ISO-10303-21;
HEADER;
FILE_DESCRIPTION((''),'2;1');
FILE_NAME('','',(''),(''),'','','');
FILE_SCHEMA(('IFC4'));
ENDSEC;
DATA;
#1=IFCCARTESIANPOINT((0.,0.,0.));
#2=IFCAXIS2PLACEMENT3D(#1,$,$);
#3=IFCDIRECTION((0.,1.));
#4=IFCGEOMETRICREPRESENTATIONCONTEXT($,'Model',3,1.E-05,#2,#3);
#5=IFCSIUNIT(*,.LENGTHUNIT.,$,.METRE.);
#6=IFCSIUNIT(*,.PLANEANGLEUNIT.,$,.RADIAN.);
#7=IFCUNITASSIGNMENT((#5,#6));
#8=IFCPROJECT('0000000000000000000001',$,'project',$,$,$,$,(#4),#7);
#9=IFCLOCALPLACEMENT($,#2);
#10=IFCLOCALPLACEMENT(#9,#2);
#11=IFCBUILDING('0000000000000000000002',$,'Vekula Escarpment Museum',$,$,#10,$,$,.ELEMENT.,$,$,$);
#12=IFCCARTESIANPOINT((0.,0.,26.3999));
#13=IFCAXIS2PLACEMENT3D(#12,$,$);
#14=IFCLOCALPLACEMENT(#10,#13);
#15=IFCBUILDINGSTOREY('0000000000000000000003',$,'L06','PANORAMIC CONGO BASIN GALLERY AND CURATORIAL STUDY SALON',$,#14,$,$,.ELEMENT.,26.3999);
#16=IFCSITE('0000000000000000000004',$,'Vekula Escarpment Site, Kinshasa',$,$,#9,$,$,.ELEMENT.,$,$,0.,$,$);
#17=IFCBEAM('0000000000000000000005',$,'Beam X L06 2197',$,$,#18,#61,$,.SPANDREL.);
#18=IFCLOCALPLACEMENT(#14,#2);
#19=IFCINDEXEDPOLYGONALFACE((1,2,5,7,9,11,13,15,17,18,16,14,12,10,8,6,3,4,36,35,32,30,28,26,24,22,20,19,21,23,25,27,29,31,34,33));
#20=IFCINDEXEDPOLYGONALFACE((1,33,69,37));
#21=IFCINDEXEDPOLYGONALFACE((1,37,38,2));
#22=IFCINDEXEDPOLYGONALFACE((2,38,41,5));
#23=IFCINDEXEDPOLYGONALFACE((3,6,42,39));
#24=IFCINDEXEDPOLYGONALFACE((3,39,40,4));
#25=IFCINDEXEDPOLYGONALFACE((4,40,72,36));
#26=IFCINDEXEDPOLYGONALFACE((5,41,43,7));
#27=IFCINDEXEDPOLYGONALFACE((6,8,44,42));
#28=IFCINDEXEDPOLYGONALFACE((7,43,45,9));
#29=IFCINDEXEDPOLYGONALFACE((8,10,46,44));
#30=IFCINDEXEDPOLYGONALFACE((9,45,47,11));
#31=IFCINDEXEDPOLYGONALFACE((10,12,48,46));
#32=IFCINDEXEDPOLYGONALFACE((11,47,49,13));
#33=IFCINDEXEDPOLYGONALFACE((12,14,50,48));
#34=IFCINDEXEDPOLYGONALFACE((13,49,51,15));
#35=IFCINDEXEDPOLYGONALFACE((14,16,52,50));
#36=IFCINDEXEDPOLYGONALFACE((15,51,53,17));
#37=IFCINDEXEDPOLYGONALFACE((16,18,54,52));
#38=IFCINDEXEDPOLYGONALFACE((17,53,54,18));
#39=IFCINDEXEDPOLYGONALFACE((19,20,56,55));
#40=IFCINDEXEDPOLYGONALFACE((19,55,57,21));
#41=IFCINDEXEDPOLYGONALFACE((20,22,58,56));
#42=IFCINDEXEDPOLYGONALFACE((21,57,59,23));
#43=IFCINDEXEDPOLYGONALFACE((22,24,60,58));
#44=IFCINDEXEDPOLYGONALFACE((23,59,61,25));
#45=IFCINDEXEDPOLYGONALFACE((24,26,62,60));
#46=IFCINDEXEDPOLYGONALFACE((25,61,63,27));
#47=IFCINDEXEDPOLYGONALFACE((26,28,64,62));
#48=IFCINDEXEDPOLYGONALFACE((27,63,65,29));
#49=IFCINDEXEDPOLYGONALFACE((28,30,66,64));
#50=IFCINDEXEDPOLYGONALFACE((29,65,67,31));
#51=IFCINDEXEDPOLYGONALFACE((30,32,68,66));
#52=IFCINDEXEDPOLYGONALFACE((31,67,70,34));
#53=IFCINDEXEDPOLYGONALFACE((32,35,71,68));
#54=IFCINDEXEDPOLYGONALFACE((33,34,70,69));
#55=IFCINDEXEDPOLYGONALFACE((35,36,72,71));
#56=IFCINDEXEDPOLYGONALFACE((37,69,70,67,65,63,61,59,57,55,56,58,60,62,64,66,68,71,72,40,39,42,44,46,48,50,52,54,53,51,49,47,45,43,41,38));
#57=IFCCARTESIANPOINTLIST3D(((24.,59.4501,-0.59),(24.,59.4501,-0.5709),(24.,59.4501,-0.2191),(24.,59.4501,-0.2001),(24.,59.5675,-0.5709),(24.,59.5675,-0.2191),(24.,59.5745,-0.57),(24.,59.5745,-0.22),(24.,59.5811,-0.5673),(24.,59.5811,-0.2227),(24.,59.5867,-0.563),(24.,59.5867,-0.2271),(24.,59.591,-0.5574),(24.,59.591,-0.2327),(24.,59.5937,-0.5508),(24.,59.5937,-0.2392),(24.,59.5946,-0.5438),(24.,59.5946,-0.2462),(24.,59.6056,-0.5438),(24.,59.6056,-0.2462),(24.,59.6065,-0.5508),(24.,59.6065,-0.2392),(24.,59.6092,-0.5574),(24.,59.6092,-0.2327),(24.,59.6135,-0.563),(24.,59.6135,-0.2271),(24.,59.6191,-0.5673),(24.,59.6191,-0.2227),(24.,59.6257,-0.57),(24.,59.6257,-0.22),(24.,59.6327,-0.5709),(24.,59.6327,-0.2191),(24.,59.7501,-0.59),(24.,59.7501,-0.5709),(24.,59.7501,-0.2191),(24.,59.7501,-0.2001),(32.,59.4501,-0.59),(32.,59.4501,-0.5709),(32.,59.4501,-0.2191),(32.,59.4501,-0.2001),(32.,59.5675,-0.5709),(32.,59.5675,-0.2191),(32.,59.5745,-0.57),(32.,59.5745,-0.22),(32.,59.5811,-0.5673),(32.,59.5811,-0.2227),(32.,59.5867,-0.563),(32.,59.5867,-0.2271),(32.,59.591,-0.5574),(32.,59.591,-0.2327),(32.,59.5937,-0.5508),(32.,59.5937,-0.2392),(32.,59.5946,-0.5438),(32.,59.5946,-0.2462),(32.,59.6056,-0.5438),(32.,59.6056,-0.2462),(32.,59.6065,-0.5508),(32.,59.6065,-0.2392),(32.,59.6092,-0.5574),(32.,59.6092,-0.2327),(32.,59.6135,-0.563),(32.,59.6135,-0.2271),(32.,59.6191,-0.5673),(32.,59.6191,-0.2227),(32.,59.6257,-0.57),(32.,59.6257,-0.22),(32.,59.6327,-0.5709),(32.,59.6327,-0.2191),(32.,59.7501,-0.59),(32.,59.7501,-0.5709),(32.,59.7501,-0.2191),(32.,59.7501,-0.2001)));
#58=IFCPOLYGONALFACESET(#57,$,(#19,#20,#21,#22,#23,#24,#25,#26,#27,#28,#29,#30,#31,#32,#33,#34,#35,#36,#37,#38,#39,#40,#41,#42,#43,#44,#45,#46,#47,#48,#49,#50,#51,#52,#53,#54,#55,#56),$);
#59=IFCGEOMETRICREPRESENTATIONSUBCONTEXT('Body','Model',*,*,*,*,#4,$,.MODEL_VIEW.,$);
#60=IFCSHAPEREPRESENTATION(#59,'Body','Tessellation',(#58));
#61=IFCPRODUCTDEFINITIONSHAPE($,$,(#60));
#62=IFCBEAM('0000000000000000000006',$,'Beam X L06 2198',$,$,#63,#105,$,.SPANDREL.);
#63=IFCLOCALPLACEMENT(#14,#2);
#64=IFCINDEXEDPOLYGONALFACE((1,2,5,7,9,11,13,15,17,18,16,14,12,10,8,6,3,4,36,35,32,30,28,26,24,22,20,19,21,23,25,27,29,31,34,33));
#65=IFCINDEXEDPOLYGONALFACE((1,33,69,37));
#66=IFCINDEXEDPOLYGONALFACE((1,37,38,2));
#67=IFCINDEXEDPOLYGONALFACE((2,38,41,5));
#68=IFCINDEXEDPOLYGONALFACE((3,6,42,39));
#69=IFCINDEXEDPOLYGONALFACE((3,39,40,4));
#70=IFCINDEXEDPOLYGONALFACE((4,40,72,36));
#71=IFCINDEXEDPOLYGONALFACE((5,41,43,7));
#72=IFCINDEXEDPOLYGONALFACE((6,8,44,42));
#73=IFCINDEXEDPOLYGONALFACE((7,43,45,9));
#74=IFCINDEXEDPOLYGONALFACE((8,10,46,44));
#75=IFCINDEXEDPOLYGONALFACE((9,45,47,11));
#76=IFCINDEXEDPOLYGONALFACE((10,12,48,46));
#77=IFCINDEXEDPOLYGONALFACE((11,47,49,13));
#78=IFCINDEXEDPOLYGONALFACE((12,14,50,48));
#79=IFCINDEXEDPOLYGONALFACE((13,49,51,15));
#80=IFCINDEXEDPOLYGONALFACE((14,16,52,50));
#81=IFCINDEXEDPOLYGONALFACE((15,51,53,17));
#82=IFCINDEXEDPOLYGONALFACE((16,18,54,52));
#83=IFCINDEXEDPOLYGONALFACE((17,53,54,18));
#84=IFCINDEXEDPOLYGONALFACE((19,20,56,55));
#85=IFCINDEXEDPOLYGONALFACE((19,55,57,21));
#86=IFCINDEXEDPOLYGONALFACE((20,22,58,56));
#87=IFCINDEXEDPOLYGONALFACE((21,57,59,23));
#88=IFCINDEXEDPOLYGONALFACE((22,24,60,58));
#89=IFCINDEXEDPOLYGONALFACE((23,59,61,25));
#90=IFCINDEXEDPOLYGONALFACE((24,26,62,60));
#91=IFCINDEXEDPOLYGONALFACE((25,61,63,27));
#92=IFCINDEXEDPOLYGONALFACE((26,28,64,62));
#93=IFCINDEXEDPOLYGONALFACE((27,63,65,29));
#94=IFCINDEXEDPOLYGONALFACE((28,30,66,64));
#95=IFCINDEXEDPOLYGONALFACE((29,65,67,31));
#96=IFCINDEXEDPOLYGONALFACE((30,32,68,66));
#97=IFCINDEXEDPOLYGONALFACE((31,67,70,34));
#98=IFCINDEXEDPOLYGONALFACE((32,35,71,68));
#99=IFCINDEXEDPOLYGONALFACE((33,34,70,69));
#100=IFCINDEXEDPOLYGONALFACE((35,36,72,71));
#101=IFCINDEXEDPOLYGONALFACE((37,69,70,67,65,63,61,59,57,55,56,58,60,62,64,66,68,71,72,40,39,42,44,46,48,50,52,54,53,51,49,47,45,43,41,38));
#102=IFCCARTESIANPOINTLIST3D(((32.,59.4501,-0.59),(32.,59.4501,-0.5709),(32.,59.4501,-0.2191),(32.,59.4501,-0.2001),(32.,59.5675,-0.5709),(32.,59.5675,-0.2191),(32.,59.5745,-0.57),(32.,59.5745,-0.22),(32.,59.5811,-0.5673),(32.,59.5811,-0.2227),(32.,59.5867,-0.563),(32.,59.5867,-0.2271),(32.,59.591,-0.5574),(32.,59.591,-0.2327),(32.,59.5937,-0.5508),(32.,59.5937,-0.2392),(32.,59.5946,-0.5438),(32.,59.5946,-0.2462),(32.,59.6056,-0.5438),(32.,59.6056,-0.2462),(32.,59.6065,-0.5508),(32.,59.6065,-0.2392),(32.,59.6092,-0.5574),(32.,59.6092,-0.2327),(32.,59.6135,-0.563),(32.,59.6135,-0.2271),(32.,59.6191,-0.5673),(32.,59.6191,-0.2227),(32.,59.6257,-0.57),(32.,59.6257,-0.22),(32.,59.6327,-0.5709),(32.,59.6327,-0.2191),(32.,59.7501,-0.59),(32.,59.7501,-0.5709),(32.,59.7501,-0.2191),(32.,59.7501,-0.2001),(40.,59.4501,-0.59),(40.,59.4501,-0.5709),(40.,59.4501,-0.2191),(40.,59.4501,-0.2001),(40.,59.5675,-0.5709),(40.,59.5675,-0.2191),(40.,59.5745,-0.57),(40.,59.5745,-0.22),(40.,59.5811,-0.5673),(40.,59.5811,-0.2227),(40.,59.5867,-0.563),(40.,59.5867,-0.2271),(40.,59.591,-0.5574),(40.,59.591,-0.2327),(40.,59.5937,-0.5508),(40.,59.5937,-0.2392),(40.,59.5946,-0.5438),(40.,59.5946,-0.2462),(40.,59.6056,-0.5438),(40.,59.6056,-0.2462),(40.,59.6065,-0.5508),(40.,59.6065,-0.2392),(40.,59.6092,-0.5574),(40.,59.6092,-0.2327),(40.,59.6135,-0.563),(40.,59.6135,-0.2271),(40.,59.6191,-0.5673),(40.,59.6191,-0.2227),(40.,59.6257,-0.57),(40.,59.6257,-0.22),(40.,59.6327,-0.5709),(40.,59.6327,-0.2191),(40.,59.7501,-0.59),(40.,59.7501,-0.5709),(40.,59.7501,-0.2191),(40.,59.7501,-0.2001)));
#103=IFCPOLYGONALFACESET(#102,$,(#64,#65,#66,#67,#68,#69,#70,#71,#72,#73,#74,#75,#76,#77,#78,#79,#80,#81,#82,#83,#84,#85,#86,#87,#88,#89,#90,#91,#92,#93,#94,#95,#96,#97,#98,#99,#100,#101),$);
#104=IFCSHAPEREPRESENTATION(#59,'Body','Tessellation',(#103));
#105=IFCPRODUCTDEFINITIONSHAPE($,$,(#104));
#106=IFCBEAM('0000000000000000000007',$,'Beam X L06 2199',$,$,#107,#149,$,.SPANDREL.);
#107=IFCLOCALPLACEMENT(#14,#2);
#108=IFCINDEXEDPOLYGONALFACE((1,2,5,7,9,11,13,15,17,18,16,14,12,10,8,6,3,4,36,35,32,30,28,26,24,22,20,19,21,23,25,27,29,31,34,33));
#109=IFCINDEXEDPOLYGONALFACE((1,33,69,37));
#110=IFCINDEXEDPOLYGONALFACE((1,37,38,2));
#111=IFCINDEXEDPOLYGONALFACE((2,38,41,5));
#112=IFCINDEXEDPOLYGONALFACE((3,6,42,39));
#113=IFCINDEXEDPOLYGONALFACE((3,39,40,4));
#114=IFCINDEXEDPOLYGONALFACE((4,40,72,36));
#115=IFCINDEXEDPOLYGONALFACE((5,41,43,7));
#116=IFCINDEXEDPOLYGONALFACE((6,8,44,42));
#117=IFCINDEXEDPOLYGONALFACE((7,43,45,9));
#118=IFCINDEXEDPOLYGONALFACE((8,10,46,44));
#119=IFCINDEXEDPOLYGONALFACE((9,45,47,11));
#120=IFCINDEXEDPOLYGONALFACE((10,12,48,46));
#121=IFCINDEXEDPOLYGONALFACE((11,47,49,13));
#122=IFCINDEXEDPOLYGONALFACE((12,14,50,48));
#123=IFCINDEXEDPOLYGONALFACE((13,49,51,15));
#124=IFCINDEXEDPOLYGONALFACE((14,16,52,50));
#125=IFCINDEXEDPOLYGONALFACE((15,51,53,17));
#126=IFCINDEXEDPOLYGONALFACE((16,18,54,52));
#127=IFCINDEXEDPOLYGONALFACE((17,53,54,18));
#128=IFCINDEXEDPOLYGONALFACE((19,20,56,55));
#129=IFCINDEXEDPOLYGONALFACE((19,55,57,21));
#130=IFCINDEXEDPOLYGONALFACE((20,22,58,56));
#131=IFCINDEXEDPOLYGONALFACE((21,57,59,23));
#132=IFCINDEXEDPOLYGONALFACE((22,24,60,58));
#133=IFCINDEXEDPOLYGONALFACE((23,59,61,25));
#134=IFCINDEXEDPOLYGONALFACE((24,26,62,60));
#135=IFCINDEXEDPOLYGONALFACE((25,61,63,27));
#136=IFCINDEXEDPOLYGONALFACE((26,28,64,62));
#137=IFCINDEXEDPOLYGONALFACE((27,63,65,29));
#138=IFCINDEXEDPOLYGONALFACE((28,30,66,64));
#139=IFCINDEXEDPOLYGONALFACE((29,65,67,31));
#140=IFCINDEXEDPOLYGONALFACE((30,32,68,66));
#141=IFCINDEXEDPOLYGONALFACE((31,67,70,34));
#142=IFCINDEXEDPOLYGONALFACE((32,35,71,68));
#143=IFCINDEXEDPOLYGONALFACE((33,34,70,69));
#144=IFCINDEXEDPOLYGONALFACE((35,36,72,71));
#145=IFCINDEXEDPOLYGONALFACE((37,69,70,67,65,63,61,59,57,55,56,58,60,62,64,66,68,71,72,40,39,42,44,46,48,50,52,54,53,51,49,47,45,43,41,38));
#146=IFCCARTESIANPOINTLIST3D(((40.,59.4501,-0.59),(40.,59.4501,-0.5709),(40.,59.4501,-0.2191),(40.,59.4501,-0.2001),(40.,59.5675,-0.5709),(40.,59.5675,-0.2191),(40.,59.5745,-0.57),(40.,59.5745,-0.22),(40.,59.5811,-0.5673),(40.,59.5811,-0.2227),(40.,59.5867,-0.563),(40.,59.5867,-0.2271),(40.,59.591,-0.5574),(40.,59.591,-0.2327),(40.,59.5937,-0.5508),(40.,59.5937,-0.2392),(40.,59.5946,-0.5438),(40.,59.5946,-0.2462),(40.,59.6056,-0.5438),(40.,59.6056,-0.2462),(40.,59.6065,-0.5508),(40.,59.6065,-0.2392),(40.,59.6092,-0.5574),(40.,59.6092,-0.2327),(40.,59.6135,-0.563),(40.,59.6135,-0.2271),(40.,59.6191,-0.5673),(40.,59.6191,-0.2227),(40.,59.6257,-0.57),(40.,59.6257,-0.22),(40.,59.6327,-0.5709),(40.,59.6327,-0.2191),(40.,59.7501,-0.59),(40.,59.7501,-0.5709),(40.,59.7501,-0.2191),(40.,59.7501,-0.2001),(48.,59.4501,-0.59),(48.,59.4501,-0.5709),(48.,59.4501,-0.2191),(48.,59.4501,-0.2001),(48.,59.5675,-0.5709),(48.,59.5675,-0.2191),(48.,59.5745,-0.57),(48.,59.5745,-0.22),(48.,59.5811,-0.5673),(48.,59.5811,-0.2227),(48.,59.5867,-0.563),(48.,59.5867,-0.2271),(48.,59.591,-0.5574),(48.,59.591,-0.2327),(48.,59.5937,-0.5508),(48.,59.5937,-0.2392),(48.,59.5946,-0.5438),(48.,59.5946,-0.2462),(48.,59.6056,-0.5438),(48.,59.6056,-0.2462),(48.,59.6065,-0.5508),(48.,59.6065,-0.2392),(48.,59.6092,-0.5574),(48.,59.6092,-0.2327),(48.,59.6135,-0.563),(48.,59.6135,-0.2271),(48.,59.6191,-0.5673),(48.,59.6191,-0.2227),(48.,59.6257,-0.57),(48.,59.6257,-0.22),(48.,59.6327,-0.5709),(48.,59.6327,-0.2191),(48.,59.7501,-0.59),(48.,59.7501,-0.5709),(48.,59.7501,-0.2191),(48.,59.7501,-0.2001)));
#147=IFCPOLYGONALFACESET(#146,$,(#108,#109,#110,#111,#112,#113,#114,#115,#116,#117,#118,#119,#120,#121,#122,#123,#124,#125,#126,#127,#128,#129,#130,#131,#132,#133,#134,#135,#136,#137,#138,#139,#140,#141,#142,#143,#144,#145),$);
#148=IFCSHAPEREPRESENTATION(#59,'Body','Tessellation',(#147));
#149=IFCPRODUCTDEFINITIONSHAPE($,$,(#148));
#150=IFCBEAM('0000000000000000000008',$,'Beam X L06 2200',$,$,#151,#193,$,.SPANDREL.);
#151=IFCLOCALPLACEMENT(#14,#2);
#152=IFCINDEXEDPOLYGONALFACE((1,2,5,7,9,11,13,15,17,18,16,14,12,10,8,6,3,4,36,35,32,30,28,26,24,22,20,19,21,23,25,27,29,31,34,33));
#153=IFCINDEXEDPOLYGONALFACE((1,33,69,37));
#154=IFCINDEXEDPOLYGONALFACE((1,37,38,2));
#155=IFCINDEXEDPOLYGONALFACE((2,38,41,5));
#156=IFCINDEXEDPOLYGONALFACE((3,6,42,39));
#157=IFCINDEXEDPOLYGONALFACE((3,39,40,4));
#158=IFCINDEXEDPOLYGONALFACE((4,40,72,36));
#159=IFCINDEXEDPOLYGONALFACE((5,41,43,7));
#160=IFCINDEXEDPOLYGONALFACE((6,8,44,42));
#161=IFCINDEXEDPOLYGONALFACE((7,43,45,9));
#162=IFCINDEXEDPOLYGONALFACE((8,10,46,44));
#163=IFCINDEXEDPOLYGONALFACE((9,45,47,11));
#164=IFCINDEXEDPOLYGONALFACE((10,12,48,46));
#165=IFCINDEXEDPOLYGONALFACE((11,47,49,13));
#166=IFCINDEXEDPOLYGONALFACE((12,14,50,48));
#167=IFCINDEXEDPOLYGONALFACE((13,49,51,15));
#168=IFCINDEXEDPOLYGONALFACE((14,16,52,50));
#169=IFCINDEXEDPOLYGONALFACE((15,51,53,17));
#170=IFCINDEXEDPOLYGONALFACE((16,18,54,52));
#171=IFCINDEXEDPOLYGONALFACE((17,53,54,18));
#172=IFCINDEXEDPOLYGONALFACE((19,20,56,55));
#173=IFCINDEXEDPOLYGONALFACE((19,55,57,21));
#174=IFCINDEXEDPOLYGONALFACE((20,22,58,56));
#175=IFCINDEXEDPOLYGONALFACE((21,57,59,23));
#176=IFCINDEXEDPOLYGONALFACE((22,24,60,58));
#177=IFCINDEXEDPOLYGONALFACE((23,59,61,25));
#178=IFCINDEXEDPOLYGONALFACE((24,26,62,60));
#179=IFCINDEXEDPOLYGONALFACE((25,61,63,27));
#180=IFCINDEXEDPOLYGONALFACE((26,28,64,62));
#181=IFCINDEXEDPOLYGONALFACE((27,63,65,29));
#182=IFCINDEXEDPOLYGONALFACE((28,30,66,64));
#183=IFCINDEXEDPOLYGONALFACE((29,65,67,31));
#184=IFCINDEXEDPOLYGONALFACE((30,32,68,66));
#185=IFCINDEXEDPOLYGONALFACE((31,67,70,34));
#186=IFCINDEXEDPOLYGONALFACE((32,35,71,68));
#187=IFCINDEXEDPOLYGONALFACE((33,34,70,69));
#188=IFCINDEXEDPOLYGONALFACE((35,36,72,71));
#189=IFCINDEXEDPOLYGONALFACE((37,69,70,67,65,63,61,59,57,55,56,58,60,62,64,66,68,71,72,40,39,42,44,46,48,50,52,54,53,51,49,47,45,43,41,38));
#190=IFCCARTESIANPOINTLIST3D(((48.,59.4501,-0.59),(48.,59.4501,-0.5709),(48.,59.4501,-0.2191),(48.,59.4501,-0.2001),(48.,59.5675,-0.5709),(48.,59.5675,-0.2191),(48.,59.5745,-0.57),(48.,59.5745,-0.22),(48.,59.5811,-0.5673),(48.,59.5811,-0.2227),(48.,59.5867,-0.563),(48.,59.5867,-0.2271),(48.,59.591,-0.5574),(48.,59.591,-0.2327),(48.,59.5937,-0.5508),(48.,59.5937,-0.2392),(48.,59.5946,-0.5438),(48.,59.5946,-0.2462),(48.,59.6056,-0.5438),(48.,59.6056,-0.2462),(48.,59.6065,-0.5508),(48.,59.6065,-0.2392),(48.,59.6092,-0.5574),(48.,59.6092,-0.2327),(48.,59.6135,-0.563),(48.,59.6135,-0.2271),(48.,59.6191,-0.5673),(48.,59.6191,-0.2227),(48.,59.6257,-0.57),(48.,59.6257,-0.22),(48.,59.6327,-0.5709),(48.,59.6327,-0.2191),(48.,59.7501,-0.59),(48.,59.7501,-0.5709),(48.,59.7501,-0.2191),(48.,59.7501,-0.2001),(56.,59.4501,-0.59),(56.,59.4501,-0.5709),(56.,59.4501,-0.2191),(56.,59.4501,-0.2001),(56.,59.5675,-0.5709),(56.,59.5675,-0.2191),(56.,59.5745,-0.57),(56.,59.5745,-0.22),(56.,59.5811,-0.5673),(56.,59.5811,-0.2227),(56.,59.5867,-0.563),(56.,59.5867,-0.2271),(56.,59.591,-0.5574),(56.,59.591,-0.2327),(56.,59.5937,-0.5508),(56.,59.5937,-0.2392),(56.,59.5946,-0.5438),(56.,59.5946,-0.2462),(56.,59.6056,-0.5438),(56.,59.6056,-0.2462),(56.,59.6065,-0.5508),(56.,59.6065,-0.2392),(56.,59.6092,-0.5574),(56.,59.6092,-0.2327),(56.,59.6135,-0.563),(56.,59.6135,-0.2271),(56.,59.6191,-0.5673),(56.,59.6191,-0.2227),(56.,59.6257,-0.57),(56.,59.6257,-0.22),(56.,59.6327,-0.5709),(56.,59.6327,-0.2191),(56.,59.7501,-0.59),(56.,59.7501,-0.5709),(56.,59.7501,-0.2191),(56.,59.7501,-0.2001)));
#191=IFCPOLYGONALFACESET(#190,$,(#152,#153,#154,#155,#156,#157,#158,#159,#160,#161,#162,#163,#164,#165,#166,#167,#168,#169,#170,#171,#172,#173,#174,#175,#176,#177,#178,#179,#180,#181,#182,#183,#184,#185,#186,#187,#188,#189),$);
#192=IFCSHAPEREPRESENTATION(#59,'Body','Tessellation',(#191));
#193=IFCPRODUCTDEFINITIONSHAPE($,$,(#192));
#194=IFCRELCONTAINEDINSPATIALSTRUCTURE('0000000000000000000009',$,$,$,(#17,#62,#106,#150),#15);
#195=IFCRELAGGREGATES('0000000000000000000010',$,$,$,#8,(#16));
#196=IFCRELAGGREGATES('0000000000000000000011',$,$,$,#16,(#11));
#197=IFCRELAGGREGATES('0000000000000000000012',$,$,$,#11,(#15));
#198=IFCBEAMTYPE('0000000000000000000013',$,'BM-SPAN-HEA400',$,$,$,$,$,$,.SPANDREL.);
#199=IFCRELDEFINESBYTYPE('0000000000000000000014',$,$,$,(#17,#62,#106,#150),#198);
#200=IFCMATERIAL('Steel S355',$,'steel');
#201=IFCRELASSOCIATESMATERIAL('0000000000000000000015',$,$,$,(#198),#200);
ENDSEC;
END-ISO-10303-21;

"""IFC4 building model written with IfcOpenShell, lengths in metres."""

from ifc_helpers import new_model, si_unit, direction, frame, origin, origin_2d, place, context, subcontext, project, spatial, i_section, extrude, material, material_profile, profile_set, type_object, element, save


model = new_model("IFC4")

# Units and contexts
model_context = context("Model", 3, precision=1e-05, world=origin(), true_north=direction((0.0, 1.0)))
body_context = subcontext(model_context, "Body", "Model", "MODEL_VIEW")
ifc_project = project(units=[si_unit("LENGTHUNIT", "METRE"), si_unit("PLANEANGLEUNIT", "RADIAN")], contexts=[model_context])

# Site, building, storey
site_placement = place(None, origin())
site = spatial("IfcSite", under=ifc_project, at=site_placement, Name="Vekula Escarpment Site, Kinshasa", CompositionType="ELEMENT", RefElevation=0.0)
building_placement = place(site_placement, origin())
building = spatial("IfcBuilding", under=site, at=building_placement, Name="Vekula Escarpment Museum", CompositionType="ELEMENT")
storey_placement = place(building_placement, frame((0.0, 0.0, 26.3999)))
storey = spatial("IfcBuildingStorey", under=building, at=storey_placement, Name="L06", Description="PANORAMIC CONGO BASIN GALLERY AND CURATORIAL STUDY SALON", CompositionType="ELEMENT", Elevation=26.3999)

# Beams
ifc_material_1 = material(Name="Steel S355", Category="steel")
ifc_material_profile_1 = material_profile(ifc_material_1, i_section(OverallWidth=0.3, OverallDepth=0.3899, WebThickness=0.011, FlangeThickness=0.019, FilletRadius=0.0271, at=origin_2d()), Name="HEA 400")
ifc_profile_set_1 = profile_set([ifc_material_profile_1], Name="Steel S355")
beam_type_1 = type_object("IfcBeamType", Name="BM-SPAN-HEA400", PredefinedType="SPANDREL", material=ifc_profile_set_1)
for number, where, z_axis, x_axis, name in (
    (1, (24.0, 59.6001, -0.395), (1.0, 0.0, 0.0), (0.0, 1.0, 0.0), "Beam X L06 2197"),
    (2, (32.0, 59.6001, -0.395), (1.0, 0.0, 0.0), (0.0, 1.0, 0.0), "Beam X L06 2198"),
    (3, (40.0, 59.6001, -0.395), (1.0, 0.0, 0.0), (0.0, 1.0, 0.0), "Beam X L06 2199"),
    (4, (48.0, 59.6001, -0.395), (1.0, 0.0, 0.0), (0.0, 1.0, 0.0), "Beam X L06 2200"),
):
    element("IfcBeam", number, at=place(storey_placement, frame(where, z_axis=z_axis, x_axis=x_axis)), inside=storey, type_object=beam_type_1, Name=name, PredefinedType="SPANDREL", context=body_context, shape_type="SweptSolid", body=[
        extrude(i_section(OverallWidth=0.3, OverallDepth=0.3899, WebThickness=0.011, FlangeThickness=0.019, FilletRadius=0.0271, at=origin_2d()), origin(), (0.0, 0.0, 1.0), 8.0),
    ])

save(model, "model.ifc")
